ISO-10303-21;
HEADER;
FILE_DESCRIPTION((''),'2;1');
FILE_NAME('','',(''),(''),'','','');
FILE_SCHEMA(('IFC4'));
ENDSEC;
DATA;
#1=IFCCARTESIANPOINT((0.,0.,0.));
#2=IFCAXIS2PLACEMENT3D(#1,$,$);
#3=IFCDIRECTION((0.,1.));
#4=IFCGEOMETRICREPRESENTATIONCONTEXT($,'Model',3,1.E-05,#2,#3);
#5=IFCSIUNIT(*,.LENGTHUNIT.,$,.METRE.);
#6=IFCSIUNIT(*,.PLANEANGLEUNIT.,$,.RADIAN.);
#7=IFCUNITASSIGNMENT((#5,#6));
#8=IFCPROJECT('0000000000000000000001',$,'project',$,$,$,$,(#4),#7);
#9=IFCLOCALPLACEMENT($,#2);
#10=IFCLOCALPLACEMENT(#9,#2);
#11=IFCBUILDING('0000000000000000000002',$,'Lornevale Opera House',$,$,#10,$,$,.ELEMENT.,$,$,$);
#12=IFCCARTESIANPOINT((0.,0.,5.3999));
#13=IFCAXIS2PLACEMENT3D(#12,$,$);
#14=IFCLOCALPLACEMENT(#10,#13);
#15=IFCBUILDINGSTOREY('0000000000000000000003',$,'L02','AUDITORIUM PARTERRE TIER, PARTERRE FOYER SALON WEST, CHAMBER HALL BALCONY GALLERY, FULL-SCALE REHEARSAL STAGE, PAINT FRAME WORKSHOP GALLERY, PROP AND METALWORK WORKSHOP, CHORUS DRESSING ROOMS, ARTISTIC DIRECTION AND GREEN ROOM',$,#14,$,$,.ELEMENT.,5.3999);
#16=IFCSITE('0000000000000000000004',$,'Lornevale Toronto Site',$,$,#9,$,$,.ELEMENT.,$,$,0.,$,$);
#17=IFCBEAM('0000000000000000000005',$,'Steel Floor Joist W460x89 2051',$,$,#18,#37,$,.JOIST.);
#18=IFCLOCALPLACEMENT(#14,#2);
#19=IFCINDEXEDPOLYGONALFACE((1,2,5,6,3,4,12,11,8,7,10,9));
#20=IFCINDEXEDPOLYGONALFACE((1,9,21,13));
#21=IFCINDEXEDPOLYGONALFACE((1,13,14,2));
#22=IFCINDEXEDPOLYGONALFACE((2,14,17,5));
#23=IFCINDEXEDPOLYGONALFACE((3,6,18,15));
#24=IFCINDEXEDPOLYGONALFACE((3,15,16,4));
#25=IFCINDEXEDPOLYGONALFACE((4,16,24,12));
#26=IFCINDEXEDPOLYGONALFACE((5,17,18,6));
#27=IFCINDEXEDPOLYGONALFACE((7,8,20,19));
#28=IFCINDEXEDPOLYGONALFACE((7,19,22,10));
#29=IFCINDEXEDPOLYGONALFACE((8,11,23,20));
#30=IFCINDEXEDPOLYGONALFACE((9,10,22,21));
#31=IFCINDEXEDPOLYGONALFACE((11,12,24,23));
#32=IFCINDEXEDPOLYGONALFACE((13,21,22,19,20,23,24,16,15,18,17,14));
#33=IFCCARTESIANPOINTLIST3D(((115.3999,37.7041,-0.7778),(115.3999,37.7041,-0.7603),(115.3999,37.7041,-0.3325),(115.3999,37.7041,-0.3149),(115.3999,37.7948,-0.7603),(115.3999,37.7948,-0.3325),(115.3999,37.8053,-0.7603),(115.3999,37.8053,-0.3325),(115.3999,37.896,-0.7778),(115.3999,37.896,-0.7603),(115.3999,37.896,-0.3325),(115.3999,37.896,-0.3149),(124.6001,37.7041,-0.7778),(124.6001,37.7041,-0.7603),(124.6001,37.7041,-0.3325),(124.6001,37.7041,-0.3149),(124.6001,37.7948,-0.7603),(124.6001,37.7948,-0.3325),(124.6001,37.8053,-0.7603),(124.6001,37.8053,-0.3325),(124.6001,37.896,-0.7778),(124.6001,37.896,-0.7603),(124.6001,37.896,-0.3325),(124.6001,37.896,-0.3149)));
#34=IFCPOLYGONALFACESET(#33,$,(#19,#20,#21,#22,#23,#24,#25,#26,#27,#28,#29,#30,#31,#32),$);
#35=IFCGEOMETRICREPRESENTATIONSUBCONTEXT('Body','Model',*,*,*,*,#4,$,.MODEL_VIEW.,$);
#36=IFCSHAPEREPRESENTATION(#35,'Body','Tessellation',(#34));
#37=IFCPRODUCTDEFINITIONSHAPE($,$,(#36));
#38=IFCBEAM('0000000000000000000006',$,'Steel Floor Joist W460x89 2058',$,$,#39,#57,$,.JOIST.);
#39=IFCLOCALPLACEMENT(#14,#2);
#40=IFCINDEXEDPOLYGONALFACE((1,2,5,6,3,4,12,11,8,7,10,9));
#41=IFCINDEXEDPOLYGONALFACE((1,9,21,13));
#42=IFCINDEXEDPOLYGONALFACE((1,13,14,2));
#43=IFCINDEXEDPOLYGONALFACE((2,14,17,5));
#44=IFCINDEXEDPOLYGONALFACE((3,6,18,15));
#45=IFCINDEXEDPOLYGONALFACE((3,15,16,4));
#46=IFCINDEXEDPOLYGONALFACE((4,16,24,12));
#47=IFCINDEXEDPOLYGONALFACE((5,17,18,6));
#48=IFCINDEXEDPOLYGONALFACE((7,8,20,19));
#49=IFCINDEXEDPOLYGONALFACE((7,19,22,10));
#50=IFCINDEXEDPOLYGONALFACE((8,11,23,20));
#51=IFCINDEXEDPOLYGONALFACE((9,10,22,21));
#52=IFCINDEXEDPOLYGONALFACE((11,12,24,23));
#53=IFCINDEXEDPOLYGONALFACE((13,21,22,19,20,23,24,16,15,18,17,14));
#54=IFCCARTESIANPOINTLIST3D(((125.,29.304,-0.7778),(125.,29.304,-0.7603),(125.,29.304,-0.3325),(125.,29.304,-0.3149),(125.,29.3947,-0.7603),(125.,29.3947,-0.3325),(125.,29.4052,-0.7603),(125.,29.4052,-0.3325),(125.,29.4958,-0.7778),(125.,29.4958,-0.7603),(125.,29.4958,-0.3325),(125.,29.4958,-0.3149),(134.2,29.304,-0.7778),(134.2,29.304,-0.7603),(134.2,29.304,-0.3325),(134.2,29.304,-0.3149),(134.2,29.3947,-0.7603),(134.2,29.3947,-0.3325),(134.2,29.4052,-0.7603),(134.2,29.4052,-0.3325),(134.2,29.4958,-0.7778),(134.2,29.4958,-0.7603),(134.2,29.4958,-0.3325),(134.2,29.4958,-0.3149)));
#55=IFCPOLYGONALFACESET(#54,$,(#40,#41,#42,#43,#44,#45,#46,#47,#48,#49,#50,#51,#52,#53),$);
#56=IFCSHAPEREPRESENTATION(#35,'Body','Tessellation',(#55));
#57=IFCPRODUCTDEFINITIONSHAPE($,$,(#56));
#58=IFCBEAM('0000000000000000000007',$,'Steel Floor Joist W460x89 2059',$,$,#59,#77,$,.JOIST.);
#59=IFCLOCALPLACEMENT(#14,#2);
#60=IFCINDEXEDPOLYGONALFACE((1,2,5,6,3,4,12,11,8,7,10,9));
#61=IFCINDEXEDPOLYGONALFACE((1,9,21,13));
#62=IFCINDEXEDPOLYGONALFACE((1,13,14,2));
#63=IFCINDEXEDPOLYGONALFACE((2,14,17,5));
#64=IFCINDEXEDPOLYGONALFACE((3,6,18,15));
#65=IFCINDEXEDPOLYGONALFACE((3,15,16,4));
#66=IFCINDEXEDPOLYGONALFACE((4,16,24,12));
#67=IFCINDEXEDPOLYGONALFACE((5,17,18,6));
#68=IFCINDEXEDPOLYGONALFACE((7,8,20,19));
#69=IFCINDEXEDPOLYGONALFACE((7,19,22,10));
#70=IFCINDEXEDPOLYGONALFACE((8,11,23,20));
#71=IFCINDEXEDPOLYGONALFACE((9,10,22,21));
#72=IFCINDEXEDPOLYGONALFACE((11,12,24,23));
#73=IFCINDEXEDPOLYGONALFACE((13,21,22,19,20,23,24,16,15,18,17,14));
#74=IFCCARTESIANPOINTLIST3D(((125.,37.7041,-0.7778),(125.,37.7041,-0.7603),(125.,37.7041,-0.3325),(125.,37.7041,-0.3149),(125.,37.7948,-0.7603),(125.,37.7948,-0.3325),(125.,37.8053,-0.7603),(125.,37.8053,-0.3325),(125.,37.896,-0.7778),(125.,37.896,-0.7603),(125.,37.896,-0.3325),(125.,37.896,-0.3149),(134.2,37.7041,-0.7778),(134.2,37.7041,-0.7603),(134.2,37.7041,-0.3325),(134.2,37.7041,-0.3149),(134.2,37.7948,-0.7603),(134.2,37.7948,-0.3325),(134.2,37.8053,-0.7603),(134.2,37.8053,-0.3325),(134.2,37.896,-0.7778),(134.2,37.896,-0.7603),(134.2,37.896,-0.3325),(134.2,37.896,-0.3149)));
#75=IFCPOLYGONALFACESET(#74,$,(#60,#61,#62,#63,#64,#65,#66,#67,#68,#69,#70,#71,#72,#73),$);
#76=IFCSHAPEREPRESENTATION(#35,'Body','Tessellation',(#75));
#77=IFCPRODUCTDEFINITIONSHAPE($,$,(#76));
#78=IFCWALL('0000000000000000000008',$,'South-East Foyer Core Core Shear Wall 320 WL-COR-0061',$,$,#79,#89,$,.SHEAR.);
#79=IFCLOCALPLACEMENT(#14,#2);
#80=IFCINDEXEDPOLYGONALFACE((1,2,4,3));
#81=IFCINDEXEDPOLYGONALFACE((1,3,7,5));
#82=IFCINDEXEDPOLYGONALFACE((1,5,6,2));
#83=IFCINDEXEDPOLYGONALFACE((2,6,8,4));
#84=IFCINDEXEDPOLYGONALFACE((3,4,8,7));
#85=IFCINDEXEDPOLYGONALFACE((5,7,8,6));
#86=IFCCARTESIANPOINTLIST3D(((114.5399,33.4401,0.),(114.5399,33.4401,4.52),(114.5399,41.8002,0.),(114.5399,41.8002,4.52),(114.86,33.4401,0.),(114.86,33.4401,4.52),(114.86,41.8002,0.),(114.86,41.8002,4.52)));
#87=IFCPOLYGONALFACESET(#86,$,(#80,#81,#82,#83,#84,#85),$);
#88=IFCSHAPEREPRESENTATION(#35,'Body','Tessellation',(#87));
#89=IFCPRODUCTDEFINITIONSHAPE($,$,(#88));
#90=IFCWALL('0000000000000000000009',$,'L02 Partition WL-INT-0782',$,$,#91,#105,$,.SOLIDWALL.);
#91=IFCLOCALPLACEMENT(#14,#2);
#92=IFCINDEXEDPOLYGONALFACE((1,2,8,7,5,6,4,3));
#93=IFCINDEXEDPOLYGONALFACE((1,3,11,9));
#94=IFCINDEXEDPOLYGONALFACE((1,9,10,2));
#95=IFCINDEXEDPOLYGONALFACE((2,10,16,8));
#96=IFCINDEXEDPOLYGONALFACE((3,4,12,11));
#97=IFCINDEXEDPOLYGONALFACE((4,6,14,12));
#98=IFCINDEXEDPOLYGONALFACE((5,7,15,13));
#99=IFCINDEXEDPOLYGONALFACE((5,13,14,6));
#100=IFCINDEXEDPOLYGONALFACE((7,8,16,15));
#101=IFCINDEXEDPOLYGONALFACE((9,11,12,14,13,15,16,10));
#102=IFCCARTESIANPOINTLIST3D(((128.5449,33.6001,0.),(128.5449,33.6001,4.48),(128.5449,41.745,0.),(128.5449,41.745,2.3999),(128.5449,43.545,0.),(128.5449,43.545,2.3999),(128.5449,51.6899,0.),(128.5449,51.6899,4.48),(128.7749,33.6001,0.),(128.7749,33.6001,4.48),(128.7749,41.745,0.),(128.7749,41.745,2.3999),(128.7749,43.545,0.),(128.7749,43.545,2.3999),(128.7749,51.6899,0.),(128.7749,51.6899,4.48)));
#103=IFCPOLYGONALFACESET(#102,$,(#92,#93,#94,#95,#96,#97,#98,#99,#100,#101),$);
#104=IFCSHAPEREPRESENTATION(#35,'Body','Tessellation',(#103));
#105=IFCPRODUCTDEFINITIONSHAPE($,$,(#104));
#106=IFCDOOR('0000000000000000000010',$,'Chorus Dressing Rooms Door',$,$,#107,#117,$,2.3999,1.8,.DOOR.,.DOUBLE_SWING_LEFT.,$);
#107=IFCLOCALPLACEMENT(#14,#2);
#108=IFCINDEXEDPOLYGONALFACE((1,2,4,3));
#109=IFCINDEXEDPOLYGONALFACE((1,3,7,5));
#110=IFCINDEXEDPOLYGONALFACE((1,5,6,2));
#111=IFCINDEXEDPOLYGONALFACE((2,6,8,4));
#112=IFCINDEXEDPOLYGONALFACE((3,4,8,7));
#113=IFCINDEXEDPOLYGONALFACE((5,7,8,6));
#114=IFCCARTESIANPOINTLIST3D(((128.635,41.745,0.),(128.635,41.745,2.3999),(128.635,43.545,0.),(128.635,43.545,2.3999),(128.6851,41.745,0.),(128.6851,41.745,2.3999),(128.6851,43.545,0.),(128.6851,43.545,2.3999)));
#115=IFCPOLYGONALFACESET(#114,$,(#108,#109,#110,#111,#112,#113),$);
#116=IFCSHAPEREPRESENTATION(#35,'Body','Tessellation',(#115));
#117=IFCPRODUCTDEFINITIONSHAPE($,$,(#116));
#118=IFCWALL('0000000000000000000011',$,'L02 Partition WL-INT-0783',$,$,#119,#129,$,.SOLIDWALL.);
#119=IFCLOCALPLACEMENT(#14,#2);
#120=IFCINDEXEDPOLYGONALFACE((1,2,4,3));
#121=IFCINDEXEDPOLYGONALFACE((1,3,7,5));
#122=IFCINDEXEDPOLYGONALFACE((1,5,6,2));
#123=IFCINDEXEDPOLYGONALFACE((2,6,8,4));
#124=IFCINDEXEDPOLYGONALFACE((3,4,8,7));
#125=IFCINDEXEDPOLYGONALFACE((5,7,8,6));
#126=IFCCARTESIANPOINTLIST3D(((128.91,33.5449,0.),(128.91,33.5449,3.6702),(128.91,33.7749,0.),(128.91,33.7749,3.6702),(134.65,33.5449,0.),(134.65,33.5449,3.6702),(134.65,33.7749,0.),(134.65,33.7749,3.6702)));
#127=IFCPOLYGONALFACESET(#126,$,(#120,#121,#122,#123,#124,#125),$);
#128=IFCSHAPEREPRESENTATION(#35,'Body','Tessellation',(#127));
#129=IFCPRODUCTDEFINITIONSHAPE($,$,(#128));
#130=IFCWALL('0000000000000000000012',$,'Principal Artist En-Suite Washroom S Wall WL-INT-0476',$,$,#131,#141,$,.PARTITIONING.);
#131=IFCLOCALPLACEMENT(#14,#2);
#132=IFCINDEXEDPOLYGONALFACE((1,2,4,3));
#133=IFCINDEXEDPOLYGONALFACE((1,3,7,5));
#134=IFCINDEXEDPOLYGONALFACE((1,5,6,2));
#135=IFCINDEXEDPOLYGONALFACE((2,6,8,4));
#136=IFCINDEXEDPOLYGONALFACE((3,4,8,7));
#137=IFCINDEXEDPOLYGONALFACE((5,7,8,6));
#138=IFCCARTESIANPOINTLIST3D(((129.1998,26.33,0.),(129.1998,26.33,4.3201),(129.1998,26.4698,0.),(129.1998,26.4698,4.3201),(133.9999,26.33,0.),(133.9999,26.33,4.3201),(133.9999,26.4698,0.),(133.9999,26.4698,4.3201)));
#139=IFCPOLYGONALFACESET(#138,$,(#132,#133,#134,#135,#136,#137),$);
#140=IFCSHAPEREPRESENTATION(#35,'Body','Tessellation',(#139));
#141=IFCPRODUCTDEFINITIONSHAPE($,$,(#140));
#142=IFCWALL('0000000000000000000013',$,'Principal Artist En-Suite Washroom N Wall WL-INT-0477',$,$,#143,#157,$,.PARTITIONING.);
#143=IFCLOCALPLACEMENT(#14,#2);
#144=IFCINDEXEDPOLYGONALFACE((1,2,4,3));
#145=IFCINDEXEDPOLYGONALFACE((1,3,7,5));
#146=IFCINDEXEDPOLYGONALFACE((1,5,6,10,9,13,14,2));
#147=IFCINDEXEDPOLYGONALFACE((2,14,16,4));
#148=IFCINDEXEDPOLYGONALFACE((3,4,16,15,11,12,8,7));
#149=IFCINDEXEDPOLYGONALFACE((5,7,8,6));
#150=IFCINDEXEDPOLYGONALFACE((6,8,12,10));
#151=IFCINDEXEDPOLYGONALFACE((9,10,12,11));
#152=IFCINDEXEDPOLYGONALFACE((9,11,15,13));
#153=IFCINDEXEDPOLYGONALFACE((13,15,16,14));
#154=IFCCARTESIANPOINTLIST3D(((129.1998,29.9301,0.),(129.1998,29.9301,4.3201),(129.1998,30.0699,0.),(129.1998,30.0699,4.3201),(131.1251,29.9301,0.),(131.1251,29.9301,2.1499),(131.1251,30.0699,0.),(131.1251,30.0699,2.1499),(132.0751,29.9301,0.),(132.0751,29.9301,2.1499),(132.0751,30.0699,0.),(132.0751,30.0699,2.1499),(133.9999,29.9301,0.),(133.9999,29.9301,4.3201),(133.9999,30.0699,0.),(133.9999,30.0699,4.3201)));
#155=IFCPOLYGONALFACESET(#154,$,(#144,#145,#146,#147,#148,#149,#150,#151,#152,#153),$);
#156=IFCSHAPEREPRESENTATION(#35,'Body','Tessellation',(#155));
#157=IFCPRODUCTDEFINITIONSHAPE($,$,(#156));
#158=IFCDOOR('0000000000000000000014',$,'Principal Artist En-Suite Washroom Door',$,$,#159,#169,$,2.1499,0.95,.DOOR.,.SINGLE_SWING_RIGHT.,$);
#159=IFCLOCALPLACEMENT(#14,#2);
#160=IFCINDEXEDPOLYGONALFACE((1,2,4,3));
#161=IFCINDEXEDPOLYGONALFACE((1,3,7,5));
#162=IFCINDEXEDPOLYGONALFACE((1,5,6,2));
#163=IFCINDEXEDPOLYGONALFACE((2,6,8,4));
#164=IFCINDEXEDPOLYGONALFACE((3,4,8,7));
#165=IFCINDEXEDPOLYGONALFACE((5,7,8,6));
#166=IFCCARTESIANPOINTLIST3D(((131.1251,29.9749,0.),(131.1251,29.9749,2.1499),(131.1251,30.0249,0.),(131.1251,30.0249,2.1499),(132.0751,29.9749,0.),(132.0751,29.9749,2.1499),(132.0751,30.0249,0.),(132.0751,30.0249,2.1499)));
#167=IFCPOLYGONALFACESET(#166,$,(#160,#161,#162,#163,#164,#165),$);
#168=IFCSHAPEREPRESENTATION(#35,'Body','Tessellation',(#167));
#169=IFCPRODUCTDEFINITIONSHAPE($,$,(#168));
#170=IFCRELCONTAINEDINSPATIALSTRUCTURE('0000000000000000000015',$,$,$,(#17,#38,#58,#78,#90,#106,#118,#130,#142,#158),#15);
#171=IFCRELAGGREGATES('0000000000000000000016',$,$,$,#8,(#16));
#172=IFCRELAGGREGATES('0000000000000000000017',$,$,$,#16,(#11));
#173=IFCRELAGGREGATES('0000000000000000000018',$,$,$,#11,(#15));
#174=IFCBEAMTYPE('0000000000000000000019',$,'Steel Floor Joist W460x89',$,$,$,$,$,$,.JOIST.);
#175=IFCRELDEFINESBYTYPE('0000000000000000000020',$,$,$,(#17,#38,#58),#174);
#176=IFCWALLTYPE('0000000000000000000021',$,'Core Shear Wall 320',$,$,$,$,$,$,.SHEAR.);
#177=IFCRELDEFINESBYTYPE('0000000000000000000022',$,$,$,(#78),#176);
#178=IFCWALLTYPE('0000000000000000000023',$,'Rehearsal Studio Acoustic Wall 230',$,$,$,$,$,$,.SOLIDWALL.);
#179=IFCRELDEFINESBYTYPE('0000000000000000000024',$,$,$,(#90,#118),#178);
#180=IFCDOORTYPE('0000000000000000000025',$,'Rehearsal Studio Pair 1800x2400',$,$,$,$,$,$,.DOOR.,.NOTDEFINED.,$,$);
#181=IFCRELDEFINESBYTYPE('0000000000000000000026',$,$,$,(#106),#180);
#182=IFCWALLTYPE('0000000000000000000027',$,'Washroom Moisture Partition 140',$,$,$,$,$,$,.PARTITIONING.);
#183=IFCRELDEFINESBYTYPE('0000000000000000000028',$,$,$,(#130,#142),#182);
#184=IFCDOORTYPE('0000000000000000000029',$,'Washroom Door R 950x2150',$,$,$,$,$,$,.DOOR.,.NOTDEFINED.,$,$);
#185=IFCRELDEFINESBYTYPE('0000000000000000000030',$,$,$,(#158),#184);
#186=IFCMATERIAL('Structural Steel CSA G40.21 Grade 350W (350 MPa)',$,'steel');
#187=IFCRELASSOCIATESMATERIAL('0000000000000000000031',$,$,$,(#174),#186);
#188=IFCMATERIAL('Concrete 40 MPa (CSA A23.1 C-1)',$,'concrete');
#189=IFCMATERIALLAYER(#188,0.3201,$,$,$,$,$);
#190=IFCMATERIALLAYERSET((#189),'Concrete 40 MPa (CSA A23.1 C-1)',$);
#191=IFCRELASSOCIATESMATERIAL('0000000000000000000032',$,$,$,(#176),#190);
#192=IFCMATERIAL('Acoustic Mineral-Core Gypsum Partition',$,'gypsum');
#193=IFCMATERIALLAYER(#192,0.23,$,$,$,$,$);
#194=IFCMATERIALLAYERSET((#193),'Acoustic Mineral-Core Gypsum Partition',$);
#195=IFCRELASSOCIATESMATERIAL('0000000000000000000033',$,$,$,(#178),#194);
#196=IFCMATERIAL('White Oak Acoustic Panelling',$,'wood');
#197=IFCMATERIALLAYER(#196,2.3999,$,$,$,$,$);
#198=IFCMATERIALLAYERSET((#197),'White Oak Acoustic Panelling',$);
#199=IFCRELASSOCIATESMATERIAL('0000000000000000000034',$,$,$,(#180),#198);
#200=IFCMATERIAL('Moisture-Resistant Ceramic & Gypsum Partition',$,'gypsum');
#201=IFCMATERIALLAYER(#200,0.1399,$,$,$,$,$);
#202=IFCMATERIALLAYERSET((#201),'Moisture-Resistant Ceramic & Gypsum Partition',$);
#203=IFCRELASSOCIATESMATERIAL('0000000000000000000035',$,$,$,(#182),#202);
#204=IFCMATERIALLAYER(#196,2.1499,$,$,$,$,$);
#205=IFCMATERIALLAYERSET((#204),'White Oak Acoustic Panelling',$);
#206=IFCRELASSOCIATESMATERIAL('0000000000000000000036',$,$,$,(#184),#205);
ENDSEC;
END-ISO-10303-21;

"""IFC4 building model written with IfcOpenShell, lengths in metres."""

from ifc_helpers import new_model, si_unit, direction, frame, frame_2d, origin, origin_2d, place, context, subcontext, project, spatial, rectangle, i_section, extrude, material, layer, layer_set, material_profile, profile_set, type_object, element, fill, save


model = new_model("IFC4")

# Units and contexts
model_context = context("Model", 3, precision=1e-05, world=origin(), true_north=direction((0.0, 1.0)))
body_context = subcontext(model_context, "Body", "Model", "MODEL_VIEW")
ifc_project = project(units=[si_unit("LENGTHUNIT", "METRE"), si_unit("PLANEANGLEUNIT", "RADIAN")], contexts=[model_context])

# Site, building, storey
site_placement = place(None, origin())
site = spatial("IfcSite", under=ifc_project, at=site_placement, Name="Lornevale Toronto Site", CompositionType="ELEMENT", RefElevation=0.0)
building_placement = place(site_placement, origin())
building = spatial("IfcBuilding", under=site, at=building_placement, Name="Lornevale Opera House", CompositionType="ELEMENT")
storey_placement = place(building_placement, frame((0.0, 0.0, 5.3999)))
storey = spatial("IfcBuildingStorey", under=building, at=storey_placement, Name="L02", Description="AUDITORIUM PARTERRE TIER, PARTERRE FOYER SALON WEST, CHAMBER HALL BALCONY GALLERY, FULL-SCALE REHEARSAL STAGE, PAINT FRAME WORKSHOP GALLERY, PROP AND METALWORK WORKSHOP, CHORUS DRESSING ROOMS, ARTISTIC DIRECTION AND GREEN ROOM", CompositionType="ELEMENT", Elevation=5.3999)

# Shared definitions
ifc_material_1 = material(Name="Concrete 40 MPa (CSA A23.1 C-1)", Category="concrete")

# Beams
ifc_material_2 = material(Name="Structural Steel CSA G40.21 Grade 350W (350 MPa)", Category="steel")
ifc_material_profile_1 = material_profile(ifc_material_2, i_section(OverallWidth=0.1919, OverallDepth=0.4629, WebThickness=0.0105, FlangeThickness=0.0176, at=origin_2d()), Name="W460x89")
ifc_profile_set_1 = profile_set([ifc_material_profile_1], Name="Structural Steel CSA G40.21 Grade 350W (350 MPa)")
beam_type_1 = type_object("IfcBeamType", Name="Steel Floor Joist W460x89", PredefinedType="JOIST", material=ifc_profile_set_1)
for number, where, z_axis, x_axis, name in (
    (1, (115.3999, 37.8, -0.5464), (1.0, 0.0, 0.0), (0.0, 1.0, 0.0), "Steel Floor Joist W460x89 2051"),
):
    element("IfcBeam", number, at=place(storey_placement, frame(where, z_axis=z_axis, x_axis=x_axis)), inside=storey, type_object=beam_type_1, Name=name, PredefinedType="JOIST", context=body_context, shape_type="SweptSolid", body=[
        extrude(i_section(OverallWidth=0.1919, OverallDepth=0.4629, WebThickness=0.0105, FlangeThickness=0.0176, at=origin_2d()), origin(), (0.0, 0.0, 1.0), 9.2002),
    ])
for number, where, z_axis, x_axis, name in (
    (2, (125.0, 29.3999, -0.5464), (1.0, 0.0, 0.0), (0.0, 1.0, 0.0), "Steel Floor Joist W460x89 2058"),
    (3, (125.0, 37.8, -0.5464), (1.0, 0.0, 0.0), (0.0, 1.0, 0.0), "Steel Floor Joist W460x89 2059"),
):
    element("IfcBeam", number, at=place(storey_placement, frame(where, z_axis=z_axis, x_axis=x_axis)), inside=storey, type_object=beam_type_1, Name=name, PredefinedType="JOIST", context=body_context, shape_type="SweptSolid", body=[
        extrude(i_section(OverallWidth=0.1919, OverallDepth=0.4629, WebThickness=0.0105, FlangeThickness=0.0176, at=origin_2d()), origin(), (0.0, 0.0, 1.0), 9.2),
    ])

# Wall
ifc_layer_1 = layer(ifc_material_1, 0.3201)
ifc_layer_set_1 = layer_set([ifc_layer_1], Name="Concrete 40 MPa (CSA A23.1 C-1)")
wall_type_1 = type_object("IfcWallType", Name="Core Shear Wall 320", PredefinedType="SHEAR", material=ifc_layer_set_1)
wall_1_placement = place(storey_placement, frame((114.7, 33.4399, 0.0), z_axis=(0.0, 0.0, 1.0), x_axis=(0.0, 1.0, 0.0)))
element("IfcWall", 4, at=wall_1_placement, inside=storey, type_object=wall_type_1, Name="South-East Foyer Core Core Shear Wall 320 WL-COR-0061", PredefinedType="SHEAR", context=body_context, shape_type="SweptSolid", body=[
    extrude(rectangle(XDim=8.3601, YDim=0.3201, at=frame_2d((4.1802, 0.0))), origin(), (0.0, 0.0, 1.0), 4.52),
])

# Wall, opening, door
ifc_material_3 = material(Name="Acoustic Mineral-Core Gypsum Partition", Category="gypsum")
ifc_layer_2 = layer(ifc_material_3, 0.23)
ifc_layer_set_2 = layer_set([ifc_layer_2], Name="Acoustic Mineral-Core Gypsum Partition")
wall_type_2 = type_object("IfcWallType", Name="Rehearsal Studio Acoustic Wall 230", PredefinedType="SOLIDWALL", material=ifc_layer_set_2)
wall_2_placement = place(storey_placement, frame((128.6599, 33.6001, 0.0), z_axis=(0.0, 0.0, 1.0), x_axis=(0.0, 1.0, 0.0)))
wall_2 = element("IfcWall", 5, at=wall_2_placement, inside=storey, type_object=wall_type_2, Name="L02 Partition WL-INT-0782", PredefinedType="SOLIDWALL", context=body_context, shape_type="SweptSolid", body=[
    extrude(rectangle(XDim=18.0898, YDim=0.23, at=frame_2d((9.0449, 0.0))), origin(), (0.0, 0.0, 1.0), 4.48),
])
opening_1_placement = place(wall_2_placement, frame((8.145, 0.0, 0.0)))
opening_1 = element("IfcOpeningElement", 6, at=opening_1_placement, cuts=wall_2, PredefinedType="OPENING", context=body_context, shape_type="SweptSolid", body=[
    extrude(rectangle(XDim=1.8, YDim=2.3999, at=frame_2d((0.8999, 1.2))), frame((0.0, 0.125, 0.0), z_axis=(0.0, -1.0, 0.0), x_axis=(1.0, 0.0, 0.0)), (0.0, 0.0, 1.0), 0.25),
])
ifc_material_4 = material(Name="White Oak Acoustic Panelling", Category="wood")
ifc_layer_3 = layer(ifc_material_4, 2.3999)
ifc_layer_set_3 = layer_set([ifc_layer_3], Name="White Oak Acoustic Panelling")
door_type_1 = type_object("IfcDoorType", Name="Rehearsal Studio Pair 1800x2400", OperationType="NOTDEFINED", PredefinedType="DOOR", material=ifc_layer_set_3)
door_1_placement = place(opening_1_placement, origin())
door_1 = element("IfcDoor", 7, at=door_1_placement, inside=storey, type_object=door_type_1, Name="Chorus Dressing Rooms Door", OperationType="DOUBLE_SWING_LEFT", OverallHeight=2.3999, OverallWidth=1.8, PredefinedType="DOOR", context=body_context, shape_type="SweptSolid", body=[
    extrude(rectangle(XDim=1.8, YDim=2.3999, at=frame_2d((0.8999, 1.2))), frame((0.0, 0.0249, 0.0), z_axis=(0.0, -1.0, 0.0), x_axis=(1.0, 0.0, 0.0)), (0.0, 0.0, 1.0), 0.05),
])
fill(opening_1, door_1)

# Walls
wall_3_placement = place(storey_placement, frame((128.9099, 33.6599, 0.0), z_axis=(0.0, 0.0, 1.0), x_axis=(1.0, 0.0, 0.0)))
element("IfcWall", 8, at=wall_3_placement, inside=storey, type_object=wall_type_2, Name="L02 Partition WL-INT-0783", PredefinedType="SOLIDWALL", context=body_context, shape_type="SweptSolid", body=[
    extrude(rectangle(XDim=5.74, YDim=0.23, at=frame_2d((2.8701, 0.0))), origin(), (0.0, 0.0, 1.0), 3.6702),
])
ifc_material_5 = material(Name="Moisture-Resistant Ceramic & Gypsum Partition", Category="gypsum")
ifc_layer_4 = layer(ifc_material_5, 0.1399)
ifc_layer_set_4 = layer_set([ifc_layer_4], Name="Moisture-Resistant Ceramic & Gypsum Partition")
wall_type_3 = type_object("IfcWallType", Name="Washroom Moisture Partition 140", PredefinedType="PARTITIONING", material=ifc_layer_set_4)
wall_4_placement = place(storey_placement, frame((129.2, 26.3999, 0.0), z_axis=(0.0, 0.0, 1.0), x_axis=(1.0, 0.0, 0.0)))
element("IfcWall", 9, at=wall_4_placement, inside=storey, type_object=wall_type_3, Name="Principal Artist En-Suite Washroom S Wall WL-INT-0476", PredefinedType="PARTITIONING", context=body_context, shape_type="SweptSolid", body=[
    extrude(rectangle(XDim=4.8, YDim=0.1399, at=frame_2d((2.3999, 0.0))), origin(), (0.0, 0.0, 1.0), 4.3201),
])

# Wall, opening, door
wall_5_placement = place(storey_placement, frame((129.2, 30.0, 0.0), z_axis=(0.0, 0.0, 1.0), x_axis=(1.0, 0.0, 0.0)))
wall_5 = element("IfcWall", 10, at=wall_5_placement, inside=storey, type_object=wall_type_3, Name="Principal Artist En-Suite Washroom N Wall WL-INT-0477", PredefinedType="PARTITIONING", context=body_context, shape_type="SweptSolid", body=[
    extrude(rectangle(XDim=4.8, YDim=0.1399, at=frame_2d((2.3999, 0.0))), origin(), (0.0, 0.0, 1.0), 4.3201),
])
opening_2_placement = place(wall_5_placement, frame((1.925, 0.0, 0.0)))
opening_2 = element("IfcOpeningElement", 11, at=opening_2_placement, cuts=wall_5, PredefinedType="OPENING", context=body_context, shape_type="SweptSolid", body=[
    extrude(rectangle(XDim=0.95, YDim=2.1499, at=frame_2d((0.4751, 1.075))), frame((0.0, 0.0798, 0.0), z_axis=(0.0, -1.0, 0.0), x_axis=(1.0, 0.0, 0.0)), (0.0, 0.0, 1.0), 0.1599),
])
ifc_layer_5 = layer(ifc_material_4, 2.1499)
ifc_layer_set_5 = layer_set([ifc_layer_5], Name="White Oak Acoustic Panelling")
door_type_2 = type_object("IfcDoorType", Name="Washroom Door R 950x2150", OperationType="NOTDEFINED", PredefinedType="DOOR", material=ifc_layer_set_5)
door_2_placement = place(opening_2_placement, origin())
door_2 = element("IfcDoor", 12, at=door_2_placement, inside=storey, type_object=door_type_2, Name="Principal Artist En-Suite Washroom Door", OperationType="SINGLE_SWING_RIGHT", OverallHeight=2.1499, OverallWidth=0.95, PredefinedType="DOOR", context=body_context, shape_type="SweptSolid", body=[
    extrude(rectangle(XDim=0.95, YDim=2.1499, at=frame_2d((0.4751, 1.075))), frame((0.0, 0.0249, 0.0), z_axis=(0.0, -1.0, 0.0), x_axis=(1.0, 0.0, 0.0)), (0.0, 0.0, 1.0), 0.05),
])
fill(opening_2, door_2)

save(model, "model.ifc")
